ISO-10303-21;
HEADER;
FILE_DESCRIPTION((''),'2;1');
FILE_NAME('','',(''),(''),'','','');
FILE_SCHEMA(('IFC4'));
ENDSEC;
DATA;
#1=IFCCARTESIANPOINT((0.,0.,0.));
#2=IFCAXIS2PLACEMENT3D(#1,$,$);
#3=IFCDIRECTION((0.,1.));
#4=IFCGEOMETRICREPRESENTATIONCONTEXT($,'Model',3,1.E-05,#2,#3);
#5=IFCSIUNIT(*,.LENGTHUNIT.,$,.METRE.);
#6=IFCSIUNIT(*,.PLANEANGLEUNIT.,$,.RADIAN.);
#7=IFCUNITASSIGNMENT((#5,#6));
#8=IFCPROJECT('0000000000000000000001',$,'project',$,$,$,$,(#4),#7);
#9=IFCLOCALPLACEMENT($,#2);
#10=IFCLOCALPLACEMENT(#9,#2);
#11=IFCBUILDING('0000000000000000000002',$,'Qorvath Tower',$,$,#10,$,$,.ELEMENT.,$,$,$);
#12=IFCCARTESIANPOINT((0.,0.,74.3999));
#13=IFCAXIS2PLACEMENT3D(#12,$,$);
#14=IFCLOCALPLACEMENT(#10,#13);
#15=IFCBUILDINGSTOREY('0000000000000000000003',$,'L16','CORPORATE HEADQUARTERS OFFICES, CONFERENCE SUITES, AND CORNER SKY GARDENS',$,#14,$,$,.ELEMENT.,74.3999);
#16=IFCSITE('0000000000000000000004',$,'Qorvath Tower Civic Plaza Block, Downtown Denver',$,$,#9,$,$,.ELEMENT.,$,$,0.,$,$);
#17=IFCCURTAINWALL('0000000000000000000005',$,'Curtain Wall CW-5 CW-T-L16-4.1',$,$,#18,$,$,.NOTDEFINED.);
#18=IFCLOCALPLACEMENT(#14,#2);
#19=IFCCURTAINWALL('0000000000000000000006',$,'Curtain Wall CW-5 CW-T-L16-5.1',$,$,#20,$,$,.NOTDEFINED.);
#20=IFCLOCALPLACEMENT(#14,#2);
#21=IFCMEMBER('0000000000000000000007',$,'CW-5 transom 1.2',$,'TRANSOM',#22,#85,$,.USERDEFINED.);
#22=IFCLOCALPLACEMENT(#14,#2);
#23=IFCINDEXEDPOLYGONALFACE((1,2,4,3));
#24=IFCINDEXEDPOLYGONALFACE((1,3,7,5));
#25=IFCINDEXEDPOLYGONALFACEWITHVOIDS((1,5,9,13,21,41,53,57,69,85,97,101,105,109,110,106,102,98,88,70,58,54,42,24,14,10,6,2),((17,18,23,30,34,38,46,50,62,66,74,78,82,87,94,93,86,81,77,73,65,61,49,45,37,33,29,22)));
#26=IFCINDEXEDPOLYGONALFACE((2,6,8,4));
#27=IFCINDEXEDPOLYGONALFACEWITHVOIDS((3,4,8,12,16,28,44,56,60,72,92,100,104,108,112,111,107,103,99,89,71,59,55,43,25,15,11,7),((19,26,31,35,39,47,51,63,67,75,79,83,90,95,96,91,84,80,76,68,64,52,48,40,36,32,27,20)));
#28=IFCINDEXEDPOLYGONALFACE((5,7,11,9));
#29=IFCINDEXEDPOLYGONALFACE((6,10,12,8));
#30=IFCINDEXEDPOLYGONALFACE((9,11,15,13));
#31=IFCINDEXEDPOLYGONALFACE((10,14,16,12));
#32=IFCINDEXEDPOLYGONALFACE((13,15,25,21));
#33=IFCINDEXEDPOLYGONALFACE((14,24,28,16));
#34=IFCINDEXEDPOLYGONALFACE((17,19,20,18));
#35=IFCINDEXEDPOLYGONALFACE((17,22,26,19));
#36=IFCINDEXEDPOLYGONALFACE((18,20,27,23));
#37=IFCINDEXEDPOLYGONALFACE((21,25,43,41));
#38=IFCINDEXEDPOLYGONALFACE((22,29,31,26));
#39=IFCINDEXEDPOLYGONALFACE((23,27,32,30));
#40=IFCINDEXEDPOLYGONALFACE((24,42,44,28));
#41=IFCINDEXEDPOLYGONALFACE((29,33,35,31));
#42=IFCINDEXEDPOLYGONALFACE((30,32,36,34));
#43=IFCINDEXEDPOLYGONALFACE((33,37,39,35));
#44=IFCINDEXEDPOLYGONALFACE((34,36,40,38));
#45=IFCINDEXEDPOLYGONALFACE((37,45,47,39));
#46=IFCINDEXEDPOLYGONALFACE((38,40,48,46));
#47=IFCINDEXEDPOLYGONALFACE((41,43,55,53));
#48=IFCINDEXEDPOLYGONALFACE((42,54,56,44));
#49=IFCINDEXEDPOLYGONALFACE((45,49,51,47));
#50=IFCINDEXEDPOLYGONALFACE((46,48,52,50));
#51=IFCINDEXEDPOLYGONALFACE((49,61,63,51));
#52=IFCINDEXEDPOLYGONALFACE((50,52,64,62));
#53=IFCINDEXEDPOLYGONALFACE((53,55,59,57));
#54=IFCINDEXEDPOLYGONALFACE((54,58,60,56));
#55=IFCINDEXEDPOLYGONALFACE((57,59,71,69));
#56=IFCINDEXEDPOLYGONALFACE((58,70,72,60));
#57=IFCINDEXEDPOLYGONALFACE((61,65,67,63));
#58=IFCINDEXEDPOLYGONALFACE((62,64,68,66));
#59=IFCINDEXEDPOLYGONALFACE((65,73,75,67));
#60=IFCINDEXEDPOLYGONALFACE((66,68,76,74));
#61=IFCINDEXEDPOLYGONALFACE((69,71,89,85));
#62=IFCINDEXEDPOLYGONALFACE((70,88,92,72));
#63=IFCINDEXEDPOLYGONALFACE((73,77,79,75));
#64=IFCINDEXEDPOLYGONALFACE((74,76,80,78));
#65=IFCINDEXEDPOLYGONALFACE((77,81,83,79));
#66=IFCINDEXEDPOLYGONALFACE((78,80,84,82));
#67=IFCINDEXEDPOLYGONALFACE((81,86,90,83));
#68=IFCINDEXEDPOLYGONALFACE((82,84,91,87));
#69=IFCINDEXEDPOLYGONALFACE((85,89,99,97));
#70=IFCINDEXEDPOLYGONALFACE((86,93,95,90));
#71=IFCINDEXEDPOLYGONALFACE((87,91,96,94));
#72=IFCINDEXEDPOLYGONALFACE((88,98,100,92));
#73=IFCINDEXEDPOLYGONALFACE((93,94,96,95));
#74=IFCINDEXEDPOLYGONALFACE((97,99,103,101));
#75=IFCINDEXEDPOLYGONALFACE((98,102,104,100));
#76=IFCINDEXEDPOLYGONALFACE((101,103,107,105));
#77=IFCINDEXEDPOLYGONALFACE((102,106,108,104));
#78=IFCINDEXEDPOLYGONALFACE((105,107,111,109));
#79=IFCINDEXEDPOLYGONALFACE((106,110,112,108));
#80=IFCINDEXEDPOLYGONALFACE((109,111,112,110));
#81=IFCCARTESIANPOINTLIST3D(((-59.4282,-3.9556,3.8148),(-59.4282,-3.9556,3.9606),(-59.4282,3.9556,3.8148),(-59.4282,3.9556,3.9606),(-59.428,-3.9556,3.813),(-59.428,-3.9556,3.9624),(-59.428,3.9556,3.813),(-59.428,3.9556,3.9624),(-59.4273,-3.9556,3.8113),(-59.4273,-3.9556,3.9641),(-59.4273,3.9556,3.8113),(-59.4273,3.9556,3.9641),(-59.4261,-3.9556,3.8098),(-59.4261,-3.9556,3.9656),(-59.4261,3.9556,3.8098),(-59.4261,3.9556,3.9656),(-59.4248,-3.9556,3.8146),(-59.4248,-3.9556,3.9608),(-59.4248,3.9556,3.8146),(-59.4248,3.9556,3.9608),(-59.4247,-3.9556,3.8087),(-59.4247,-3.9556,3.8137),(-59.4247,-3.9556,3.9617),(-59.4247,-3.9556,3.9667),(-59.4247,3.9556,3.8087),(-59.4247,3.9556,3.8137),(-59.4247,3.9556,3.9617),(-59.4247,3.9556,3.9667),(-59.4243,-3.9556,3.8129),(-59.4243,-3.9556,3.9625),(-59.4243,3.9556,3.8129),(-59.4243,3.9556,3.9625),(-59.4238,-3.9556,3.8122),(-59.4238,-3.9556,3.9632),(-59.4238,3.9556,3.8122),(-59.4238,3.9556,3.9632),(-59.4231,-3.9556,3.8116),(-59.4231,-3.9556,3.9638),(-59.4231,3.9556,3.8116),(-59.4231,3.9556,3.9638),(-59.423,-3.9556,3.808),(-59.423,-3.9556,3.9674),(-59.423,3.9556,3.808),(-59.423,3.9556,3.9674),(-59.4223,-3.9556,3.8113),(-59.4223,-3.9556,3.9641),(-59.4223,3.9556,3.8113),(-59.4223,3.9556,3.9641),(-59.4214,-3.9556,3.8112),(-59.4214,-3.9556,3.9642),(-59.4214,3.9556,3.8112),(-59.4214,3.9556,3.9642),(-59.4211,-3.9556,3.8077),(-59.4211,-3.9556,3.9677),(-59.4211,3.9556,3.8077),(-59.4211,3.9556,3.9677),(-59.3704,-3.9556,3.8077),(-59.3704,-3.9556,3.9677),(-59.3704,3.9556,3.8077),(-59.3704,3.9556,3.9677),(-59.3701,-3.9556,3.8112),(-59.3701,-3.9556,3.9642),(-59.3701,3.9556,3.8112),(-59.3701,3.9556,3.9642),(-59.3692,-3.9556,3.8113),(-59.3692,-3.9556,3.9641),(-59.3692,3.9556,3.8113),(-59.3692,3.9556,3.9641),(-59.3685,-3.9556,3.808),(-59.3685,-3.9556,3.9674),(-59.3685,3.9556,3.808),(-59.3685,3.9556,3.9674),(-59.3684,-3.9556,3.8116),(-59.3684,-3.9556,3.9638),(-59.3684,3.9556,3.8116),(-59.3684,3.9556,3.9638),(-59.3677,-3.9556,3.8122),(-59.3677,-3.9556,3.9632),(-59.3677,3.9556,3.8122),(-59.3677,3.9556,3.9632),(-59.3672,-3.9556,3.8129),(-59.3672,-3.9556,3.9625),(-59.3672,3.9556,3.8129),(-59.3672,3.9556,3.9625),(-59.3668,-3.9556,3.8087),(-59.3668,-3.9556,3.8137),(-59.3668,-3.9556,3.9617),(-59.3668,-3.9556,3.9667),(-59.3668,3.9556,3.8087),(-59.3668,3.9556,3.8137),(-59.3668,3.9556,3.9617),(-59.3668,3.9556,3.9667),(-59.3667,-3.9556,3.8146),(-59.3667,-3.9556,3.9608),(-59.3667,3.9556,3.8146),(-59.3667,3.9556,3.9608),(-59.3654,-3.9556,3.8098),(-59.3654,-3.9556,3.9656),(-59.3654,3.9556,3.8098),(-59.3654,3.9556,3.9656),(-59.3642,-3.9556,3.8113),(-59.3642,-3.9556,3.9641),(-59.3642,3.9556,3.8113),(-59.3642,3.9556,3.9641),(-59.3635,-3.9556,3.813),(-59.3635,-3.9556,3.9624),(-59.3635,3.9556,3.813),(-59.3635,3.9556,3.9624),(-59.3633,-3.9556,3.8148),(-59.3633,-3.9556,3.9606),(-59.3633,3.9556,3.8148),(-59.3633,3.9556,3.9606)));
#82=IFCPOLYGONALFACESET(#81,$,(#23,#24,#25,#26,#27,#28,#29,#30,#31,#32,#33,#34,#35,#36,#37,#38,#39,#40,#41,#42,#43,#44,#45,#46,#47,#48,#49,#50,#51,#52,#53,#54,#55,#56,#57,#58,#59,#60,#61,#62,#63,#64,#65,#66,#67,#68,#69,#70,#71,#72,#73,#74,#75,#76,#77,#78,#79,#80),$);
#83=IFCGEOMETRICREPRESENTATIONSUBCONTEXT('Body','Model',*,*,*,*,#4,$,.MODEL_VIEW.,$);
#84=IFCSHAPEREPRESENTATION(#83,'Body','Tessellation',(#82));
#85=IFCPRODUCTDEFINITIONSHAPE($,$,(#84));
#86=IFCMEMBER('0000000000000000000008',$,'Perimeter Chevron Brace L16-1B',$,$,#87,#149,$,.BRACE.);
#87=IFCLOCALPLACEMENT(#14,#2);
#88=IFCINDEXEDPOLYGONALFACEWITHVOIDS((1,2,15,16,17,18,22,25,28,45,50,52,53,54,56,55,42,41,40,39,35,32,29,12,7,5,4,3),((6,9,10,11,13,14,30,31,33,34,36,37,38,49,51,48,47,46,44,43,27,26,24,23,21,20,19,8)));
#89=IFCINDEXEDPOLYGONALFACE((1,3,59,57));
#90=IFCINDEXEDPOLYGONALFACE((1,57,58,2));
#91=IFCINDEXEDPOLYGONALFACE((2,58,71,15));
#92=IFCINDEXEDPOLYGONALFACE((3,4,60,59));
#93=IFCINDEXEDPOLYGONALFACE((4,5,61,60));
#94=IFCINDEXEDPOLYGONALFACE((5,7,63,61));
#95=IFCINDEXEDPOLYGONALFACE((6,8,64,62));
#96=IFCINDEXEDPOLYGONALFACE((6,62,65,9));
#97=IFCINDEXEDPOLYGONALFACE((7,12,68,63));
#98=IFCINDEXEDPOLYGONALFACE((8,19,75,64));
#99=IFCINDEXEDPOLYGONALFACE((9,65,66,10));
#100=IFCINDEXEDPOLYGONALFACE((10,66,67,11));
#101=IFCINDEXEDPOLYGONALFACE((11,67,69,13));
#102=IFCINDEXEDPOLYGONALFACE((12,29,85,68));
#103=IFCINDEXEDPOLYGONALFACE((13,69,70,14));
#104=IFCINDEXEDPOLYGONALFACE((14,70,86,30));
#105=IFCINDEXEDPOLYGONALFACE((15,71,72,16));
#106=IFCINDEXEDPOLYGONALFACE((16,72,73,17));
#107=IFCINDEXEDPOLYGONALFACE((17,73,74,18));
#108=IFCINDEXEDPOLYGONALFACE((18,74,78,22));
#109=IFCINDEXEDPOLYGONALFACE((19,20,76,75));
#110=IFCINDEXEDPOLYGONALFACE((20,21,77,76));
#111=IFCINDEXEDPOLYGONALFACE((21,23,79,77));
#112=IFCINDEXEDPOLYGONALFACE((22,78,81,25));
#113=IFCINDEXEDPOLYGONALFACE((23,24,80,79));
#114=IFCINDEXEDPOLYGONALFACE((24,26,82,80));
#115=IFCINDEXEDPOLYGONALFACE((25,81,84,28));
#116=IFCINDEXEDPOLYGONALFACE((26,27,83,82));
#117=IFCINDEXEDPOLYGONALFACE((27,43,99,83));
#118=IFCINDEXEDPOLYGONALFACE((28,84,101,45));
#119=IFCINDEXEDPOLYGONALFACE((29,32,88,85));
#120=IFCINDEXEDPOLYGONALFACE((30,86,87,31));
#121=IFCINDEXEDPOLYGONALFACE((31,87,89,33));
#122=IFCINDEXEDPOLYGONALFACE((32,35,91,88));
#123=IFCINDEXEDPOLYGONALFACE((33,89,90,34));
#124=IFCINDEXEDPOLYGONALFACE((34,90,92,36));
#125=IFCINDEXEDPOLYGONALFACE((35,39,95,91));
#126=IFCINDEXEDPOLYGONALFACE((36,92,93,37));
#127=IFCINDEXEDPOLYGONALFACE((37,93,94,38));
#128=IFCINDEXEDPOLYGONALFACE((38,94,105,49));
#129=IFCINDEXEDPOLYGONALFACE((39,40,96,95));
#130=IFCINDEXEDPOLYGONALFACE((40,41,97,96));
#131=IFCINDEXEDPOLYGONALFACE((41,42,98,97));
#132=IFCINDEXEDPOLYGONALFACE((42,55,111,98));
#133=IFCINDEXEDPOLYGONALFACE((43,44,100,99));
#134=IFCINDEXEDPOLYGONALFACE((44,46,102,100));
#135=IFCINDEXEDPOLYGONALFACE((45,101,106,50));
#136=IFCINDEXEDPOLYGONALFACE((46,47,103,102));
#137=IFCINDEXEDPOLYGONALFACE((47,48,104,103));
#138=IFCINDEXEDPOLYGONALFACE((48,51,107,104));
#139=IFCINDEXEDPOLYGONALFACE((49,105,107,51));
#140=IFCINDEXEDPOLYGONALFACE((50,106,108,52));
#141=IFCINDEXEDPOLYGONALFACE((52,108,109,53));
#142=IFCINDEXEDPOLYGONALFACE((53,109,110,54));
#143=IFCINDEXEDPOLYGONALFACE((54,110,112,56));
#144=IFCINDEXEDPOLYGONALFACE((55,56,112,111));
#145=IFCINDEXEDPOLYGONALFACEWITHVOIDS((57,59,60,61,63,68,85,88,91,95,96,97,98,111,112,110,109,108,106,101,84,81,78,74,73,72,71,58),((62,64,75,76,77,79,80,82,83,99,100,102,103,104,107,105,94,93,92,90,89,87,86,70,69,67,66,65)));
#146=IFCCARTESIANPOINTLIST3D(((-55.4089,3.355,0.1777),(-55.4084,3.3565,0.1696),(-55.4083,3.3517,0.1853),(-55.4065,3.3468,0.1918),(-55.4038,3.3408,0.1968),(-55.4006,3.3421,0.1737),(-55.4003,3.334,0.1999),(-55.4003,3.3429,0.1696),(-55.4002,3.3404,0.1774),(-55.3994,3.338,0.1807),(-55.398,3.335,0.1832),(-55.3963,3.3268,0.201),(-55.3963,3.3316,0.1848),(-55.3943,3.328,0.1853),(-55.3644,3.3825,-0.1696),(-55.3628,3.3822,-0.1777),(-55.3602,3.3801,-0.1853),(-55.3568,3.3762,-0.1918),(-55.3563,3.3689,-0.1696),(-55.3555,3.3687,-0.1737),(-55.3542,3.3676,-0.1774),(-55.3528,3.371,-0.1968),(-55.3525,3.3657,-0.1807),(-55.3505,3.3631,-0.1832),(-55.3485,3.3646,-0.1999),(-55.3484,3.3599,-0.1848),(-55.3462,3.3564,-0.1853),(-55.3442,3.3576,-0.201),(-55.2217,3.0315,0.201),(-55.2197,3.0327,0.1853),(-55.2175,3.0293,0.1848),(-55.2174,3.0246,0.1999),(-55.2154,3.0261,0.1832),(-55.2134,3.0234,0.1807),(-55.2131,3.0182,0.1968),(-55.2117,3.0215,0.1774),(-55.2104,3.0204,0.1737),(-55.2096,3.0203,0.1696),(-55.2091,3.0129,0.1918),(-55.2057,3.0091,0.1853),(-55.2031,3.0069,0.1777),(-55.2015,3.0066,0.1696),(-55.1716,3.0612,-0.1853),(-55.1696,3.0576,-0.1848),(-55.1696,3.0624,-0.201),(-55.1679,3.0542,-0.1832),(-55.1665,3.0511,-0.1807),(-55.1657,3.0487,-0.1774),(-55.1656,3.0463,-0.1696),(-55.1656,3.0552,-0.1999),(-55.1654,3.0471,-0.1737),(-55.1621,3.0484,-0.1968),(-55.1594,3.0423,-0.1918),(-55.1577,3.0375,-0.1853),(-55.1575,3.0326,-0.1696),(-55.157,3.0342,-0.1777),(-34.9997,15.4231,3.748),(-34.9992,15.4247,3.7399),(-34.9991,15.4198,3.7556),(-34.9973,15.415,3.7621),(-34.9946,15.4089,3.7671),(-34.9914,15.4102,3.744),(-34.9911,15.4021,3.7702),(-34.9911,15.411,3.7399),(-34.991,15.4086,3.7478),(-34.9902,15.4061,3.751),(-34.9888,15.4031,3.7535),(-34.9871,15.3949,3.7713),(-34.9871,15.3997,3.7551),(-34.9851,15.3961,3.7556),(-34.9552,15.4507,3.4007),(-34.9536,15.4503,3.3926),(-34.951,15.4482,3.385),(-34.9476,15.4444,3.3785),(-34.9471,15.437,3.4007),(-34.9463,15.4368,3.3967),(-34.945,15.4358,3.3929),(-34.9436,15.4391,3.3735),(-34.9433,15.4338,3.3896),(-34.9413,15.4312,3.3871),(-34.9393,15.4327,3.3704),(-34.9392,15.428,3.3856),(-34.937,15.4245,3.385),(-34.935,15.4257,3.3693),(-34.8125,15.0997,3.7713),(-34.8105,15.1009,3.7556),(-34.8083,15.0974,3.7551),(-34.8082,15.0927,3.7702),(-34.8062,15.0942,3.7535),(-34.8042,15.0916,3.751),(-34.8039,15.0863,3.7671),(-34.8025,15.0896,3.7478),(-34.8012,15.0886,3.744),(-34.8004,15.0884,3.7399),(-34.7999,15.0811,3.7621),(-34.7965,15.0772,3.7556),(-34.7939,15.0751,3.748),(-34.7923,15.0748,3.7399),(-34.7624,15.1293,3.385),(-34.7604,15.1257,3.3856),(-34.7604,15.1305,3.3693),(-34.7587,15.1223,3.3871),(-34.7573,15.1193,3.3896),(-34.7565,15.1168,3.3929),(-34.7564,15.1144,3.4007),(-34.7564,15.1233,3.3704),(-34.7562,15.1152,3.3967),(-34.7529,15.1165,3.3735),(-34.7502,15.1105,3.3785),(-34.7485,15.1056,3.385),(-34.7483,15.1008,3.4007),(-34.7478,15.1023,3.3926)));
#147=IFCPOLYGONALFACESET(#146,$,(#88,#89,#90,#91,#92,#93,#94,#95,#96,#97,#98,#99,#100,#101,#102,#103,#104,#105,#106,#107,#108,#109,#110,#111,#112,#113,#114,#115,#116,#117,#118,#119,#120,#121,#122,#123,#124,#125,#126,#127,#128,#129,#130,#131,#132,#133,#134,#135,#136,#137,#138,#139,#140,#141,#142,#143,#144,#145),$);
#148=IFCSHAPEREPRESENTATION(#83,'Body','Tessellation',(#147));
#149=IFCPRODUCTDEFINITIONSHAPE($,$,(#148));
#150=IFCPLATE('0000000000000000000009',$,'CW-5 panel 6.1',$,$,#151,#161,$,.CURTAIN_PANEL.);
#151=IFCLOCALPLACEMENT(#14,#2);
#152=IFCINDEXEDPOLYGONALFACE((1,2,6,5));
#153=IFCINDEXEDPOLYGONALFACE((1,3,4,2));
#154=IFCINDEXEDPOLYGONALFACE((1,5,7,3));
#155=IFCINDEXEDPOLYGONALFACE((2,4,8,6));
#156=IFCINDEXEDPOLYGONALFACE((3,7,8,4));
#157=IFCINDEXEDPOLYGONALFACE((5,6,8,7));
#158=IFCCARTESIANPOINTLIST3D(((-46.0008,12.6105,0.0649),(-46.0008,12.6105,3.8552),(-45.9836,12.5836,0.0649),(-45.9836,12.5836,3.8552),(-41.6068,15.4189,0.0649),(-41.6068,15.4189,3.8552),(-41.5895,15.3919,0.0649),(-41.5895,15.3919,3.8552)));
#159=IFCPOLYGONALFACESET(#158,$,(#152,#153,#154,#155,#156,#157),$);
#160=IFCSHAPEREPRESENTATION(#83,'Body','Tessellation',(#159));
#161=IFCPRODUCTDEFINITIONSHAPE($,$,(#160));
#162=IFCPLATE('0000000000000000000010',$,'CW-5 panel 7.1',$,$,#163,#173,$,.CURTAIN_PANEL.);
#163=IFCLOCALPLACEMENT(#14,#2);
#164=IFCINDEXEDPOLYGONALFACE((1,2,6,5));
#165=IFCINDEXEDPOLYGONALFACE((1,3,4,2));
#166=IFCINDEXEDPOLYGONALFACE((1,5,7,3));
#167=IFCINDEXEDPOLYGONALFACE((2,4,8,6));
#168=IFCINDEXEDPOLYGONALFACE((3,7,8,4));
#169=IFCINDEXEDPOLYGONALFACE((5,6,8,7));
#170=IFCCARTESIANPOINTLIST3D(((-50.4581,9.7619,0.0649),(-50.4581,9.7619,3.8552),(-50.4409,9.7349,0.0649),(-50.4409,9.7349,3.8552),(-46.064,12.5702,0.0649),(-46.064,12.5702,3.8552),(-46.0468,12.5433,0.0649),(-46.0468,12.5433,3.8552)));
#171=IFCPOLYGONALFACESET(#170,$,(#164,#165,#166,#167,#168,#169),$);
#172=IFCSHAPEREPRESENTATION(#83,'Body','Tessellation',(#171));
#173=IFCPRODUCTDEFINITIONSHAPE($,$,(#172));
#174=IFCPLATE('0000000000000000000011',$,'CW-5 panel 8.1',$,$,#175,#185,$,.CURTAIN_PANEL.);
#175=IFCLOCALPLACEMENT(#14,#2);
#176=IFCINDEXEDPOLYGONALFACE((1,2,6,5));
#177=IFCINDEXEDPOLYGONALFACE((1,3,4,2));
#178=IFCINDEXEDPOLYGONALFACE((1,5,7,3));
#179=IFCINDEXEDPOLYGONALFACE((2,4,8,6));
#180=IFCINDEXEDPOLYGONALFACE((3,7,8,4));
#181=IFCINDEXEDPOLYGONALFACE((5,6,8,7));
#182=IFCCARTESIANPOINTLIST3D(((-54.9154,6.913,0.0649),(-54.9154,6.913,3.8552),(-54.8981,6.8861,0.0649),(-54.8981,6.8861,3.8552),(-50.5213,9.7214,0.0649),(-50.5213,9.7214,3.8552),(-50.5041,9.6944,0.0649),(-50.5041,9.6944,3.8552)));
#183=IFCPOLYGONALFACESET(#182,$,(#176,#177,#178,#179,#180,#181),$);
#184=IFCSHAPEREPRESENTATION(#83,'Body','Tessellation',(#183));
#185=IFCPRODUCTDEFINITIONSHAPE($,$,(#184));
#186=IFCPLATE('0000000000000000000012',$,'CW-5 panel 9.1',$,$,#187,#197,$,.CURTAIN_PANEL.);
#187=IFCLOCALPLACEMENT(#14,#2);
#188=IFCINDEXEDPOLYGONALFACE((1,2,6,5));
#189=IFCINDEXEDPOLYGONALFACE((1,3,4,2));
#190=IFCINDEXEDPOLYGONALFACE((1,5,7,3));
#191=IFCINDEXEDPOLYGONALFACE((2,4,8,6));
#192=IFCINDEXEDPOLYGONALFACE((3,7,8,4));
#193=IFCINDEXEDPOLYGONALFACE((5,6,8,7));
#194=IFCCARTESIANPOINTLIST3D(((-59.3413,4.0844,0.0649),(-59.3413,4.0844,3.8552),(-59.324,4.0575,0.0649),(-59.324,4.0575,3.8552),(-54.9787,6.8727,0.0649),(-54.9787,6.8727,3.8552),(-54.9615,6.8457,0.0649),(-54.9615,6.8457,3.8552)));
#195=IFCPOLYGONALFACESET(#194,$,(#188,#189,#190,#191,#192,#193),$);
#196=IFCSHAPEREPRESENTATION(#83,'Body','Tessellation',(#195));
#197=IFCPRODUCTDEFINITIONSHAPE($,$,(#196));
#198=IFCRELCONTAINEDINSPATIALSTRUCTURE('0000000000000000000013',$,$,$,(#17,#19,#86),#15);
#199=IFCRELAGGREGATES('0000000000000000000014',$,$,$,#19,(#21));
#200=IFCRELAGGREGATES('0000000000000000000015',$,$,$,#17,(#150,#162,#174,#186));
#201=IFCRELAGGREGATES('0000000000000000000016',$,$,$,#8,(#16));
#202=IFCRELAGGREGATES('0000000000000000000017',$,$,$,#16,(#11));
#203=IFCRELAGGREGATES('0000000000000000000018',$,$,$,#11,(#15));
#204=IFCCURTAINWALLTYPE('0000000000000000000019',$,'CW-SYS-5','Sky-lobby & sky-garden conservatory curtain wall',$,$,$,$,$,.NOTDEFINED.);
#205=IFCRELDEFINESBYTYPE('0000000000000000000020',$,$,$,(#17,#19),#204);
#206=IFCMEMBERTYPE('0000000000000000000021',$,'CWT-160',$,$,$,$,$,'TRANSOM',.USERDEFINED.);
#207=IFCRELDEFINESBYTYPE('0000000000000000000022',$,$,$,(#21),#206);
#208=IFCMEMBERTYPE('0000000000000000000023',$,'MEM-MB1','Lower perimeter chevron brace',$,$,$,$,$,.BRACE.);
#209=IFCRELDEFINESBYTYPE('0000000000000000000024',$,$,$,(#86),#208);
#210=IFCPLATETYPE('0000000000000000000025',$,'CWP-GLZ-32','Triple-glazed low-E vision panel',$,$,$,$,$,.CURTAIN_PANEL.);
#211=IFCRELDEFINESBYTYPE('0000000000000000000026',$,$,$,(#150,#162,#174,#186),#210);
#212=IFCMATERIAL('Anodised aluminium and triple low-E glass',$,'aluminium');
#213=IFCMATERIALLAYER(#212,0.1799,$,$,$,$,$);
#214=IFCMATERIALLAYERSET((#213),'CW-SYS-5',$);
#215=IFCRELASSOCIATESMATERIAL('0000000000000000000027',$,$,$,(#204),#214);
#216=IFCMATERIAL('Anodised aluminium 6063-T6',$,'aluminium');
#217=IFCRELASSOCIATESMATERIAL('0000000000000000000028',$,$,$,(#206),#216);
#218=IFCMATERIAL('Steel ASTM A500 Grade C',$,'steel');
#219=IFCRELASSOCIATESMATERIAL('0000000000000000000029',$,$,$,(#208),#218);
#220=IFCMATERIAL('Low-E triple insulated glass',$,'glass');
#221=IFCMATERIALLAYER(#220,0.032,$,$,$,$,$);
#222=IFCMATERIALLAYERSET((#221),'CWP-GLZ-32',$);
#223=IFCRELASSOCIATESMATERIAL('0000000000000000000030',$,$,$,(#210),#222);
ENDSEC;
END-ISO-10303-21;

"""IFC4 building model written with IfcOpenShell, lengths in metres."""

from ifc_helpers import new_model, si_unit, direction, frame, origin, origin_2d, place, context, subcontext, project, spatial, rectangle, hollow_rectangle, extrude, material, layer, layer_set, material_profile, profile_set, type_object, element, aggregate, save


model = new_model("IFC4")

# Units and contexts
model_context = context("Model", 3, precision=1e-05, world=origin(), true_north=direction((0.0, 1.0)))
body_context = subcontext(model_context, "Body", "Model", "MODEL_VIEW")
ifc_project = project(units=[si_unit("LENGTHUNIT", "METRE"), si_unit("PLANEANGLEUNIT", "RADIAN")], contexts=[model_context])

# Site, building, storey
site_placement = place(None, origin())
site = spatial("IfcSite", under=ifc_project, at=site_placement, Name="Qorvath Tower Civic Plaza Block, Downtown Denver", CompositionType="ELEMENT", RefElevation=0.0)
building_placement = place(site_placement, origin())
building = spatial("IfcBuilding", under=site, at=building_placement, Name="Qorvath Tower", CompositionType="ELEMENT")
storey_placement = place(building_placement, frame((0.0, 0.0, 74.3999)))
storey = spatial("IfcBuildingStorey", under=building, at=storey_placement, Name="L16", Description="CORPORATE HEADQUARTERS OFFICES, CONFERENCE SUITES, AND CORNER SKY GARDENS", CompositionType="ELEMENT", Elevation=74.3999)

# Curtain wall
ifc_material_1 = material(Name="Anodised aluminium and triple low-E glass", Category="aluminium")
ifc_layer_1 = layer(ifc_material_1, 0.1799)
ifc_layer_set_1 = layer_set([ifc_layer_1], Name="CW-SYS-5")
curtain_wall_type = type_object("IfcCurtainWallType", Name="CW-SYS-5", Description="Sky-lobby & sky-garden conservatory curtain wall", PredefinedType="NOTDEFINED", material=ifc_layer_set_1)
curtain_wall_1_placement = place(storey_placement, origin())
curtain_wall_1 = element("IfcCurtainWall", 1, at=curtain_wall_1_placement, inside=storey, type_object=curtain_wall_type, Name="Curtain Wall CW-5 CW-T-L16-4.1", PredefinedType="NOTDEFINED")

# Curtain wall
curtain_wall_2_placement = place(storey_placement, origin())
curtain_wall_2 = element("IfcCurtainWall", 2, at=curtain_wall_2_placement, inside=storey, type_object=curtain_wall_type, Name="Curtain Wall CW-5 CW-T-L16-5.1", PredefinedType="NOTDEFINED")

# Members
ifc_material_2 = material(Name="Anodised aluminium 6063-T6", Category="aluminium")
ifc_material_profile_1 = material_profile(ifc_material_2, hollow_rectangle(XDim=0.0649, YDim=0.1599, WallThickness=0.0034, InnerFilletRadius=0.0034, OuterFilletRadius=0.0071, at=origin_2d()), Name="CWT 160x65")
ifc_profile_set_1 = profile_set([ifc_material_profile_1], Name="Anodised aluminium 6063-T6")
member_type_1 = type_object("IfcMemberType", Name="CWT-160", ElementType="TRANSOM", PredefinedType="USERDEFINED", material=ifc_profile_set_1)
member_1_placement = place(storey_placement, frame((-59.3958, 3.9556, 3.8877), z_axis=(0.0, -1.0, 0.0), x_axis=(1.0, 0.0, 0.0)))
member_1 = element("IfcMember", 3, at=member_1_placement, type_object=member_type_1, Name="CW-5 transom 1.2", ObjectType="TRANSOM", PredefinedType="USERDEFINED", context=body_context, shape_type="SweptSolid", body=[
    extrude(hollow_rectangle(XDim=0.0649, YDim=0.1599, WallThickness=0.0034, InnerFilletRadius=0.0034, OuterFilletRadius=0.0071, at=origin_2d()), origin(), (0.0, 0.0, 1.0), 7.9111),
])
aggregate(curtain_wall_2, [member_1])
ifc_material_3 = material(Name="Steel ASTM A500 Grade C", Category="steel")
ifc_material_profile_2 = material_profile(ifc_material_3, hollow_rectangle(XDim=0.4065, YDim=0.4065, WallThickness=0.0159, InnerFilletRadius=0.0159, OuterFilletRadius=0.0317, at=origin_2d()), Name="HSS 406x406x16")
ifc_profile_set_2 = profile_set([ifc_material_profile_2], Name="Steel ASTM A500 Grade C")
member_type_2 = type_object("IfcMemberType", Name="MEM-MB1", Description="Lower perimeter chevron brace", PredefinedType="BRACE", material=ifc_profile_set_2)
member_2_placement = place(storey_placement, frame((-55.283, 3.1946, 0.0), z_axis=(0.85118, 0.50331, 0.148903), x_axis=(-0.508984, 0.860776, 0.0)))
element("IfcMember", 4, at=member_2_placement, inside=storey, type_object=member_type_2, Name="Perimeter Chevron Brace L16-1B", PredefinedType="BRACE", context=body_context, shape_type="SweptSolid", body=[
    extrude(hollow_rectangle(XDim=0.4065, YDim=0.4065, WallThickness=0.0159, InnerFilletRadius=0.0159, OuterFilletRadius=0.0317, at=origin_2d()), origin(), (0.0, 0.0, 1.0), 23.9775),
])

# Plates
ifc_material_4 = material(Name="Low-E triple insulated glass", Category="glass")
ifc_layer_2 = layer(ifc_material_4, 0.032)
ifc_layer_set_2 = layer_set([ifc_layer_2], Name="CWP-GLZ-32")
plate_type_1 = type_object("IfcPlateType", Name="CWP-GLZ-32", Description="Triple-glazed low-E vision panel", PredefinedType="CURTAIN_PANEL", material=ifc_layer_set_2)
plate_1_placement = place(storey_placement, frame((-43.7952, 14.0012, 0.0649), z_axis=(0.0, 0.0, 1.0), x_axis=(-0.842604, -0.538533, 0.0)))
plate_1 = element("IfcPlate", 5, at=plate_1_placement, type_object=plate_type_1, Name="CW-5 panel 6.1", PredefinedType="CURTAIN_PANEL", context=body_context, shape_type="SweptSolid", body=[
    extrude(rectangle(XDim=5.2148, YDim=0.032, at=origin_2d()), origin(), (0.0, 0.0, 1.0), 3.7903),
])
plate_2_placement = place(storey_placement, frame((-48.2524, 11.1526, 0.0649), z_axis=(0.0, 0.0, 1.0), x_axis=(-0.842604, -0.538533, 0.0)))
plate_2 = element("IfcPlate", 6, at=plate_2_placement, type_object=plate_type_1, Name="CW-5 panel 7.1", PredefinedType="CURTAIN_PANEL", context=body_context, shape_type="SweptSolid", body=[
    extrude(rectangle(XDim=5.2148, YDim=0.032, at=origin_2d()), origin(), (0.0, 0.0, 1.0), 3.7903),
])
plate_3_placement = place(storey_placement, frame((-52.7097, 8.3037, 0.0649), z_axis=(0.0, 0.0, 1.0), x_axis=(-0.842604, -0.538533, 0.0)))
plate_3 = element("IfcPlate", 7, at=plate_3_placement, type_object=plate_type_1, Name="CW-5 panel 8.1", PredefinedType="CURTAIN_PANEL", context=body_context, shape_type="SweptSolid", body=[
    extrude(rectangle(XDim=5.2148, YDim=0.032, at=origin_2d()), origin(), (0.0, 0.0, 1.0), 3.7903),
])
plate_4_placement = place(storey_placement, frame((-57.1514, 5.4651, 0.0649), z_axis=(0.0, 0.0, 1.0), x_axis=(-0.842604, -0.538533, 0.0)))
plate_4 = element("IfcPlate", 8, at=plate_4_placement, type_object=plate_type_1, Name="CW-5 panel 9.1", PredefinedType="CURTAIN_PANEL", context=body_context, shape_type="SweptSolid", body=[
    extrude(rectangle(XDim=5.1775, YDim=0.032, at=origin_2d()), origin(), (0.0, 0.0, 1.0), 3.7903),
])
aggregate(curtain_wall_1, [plate_1, plate_2, plate_3, plate_4])

save(model, "model.ifc")
